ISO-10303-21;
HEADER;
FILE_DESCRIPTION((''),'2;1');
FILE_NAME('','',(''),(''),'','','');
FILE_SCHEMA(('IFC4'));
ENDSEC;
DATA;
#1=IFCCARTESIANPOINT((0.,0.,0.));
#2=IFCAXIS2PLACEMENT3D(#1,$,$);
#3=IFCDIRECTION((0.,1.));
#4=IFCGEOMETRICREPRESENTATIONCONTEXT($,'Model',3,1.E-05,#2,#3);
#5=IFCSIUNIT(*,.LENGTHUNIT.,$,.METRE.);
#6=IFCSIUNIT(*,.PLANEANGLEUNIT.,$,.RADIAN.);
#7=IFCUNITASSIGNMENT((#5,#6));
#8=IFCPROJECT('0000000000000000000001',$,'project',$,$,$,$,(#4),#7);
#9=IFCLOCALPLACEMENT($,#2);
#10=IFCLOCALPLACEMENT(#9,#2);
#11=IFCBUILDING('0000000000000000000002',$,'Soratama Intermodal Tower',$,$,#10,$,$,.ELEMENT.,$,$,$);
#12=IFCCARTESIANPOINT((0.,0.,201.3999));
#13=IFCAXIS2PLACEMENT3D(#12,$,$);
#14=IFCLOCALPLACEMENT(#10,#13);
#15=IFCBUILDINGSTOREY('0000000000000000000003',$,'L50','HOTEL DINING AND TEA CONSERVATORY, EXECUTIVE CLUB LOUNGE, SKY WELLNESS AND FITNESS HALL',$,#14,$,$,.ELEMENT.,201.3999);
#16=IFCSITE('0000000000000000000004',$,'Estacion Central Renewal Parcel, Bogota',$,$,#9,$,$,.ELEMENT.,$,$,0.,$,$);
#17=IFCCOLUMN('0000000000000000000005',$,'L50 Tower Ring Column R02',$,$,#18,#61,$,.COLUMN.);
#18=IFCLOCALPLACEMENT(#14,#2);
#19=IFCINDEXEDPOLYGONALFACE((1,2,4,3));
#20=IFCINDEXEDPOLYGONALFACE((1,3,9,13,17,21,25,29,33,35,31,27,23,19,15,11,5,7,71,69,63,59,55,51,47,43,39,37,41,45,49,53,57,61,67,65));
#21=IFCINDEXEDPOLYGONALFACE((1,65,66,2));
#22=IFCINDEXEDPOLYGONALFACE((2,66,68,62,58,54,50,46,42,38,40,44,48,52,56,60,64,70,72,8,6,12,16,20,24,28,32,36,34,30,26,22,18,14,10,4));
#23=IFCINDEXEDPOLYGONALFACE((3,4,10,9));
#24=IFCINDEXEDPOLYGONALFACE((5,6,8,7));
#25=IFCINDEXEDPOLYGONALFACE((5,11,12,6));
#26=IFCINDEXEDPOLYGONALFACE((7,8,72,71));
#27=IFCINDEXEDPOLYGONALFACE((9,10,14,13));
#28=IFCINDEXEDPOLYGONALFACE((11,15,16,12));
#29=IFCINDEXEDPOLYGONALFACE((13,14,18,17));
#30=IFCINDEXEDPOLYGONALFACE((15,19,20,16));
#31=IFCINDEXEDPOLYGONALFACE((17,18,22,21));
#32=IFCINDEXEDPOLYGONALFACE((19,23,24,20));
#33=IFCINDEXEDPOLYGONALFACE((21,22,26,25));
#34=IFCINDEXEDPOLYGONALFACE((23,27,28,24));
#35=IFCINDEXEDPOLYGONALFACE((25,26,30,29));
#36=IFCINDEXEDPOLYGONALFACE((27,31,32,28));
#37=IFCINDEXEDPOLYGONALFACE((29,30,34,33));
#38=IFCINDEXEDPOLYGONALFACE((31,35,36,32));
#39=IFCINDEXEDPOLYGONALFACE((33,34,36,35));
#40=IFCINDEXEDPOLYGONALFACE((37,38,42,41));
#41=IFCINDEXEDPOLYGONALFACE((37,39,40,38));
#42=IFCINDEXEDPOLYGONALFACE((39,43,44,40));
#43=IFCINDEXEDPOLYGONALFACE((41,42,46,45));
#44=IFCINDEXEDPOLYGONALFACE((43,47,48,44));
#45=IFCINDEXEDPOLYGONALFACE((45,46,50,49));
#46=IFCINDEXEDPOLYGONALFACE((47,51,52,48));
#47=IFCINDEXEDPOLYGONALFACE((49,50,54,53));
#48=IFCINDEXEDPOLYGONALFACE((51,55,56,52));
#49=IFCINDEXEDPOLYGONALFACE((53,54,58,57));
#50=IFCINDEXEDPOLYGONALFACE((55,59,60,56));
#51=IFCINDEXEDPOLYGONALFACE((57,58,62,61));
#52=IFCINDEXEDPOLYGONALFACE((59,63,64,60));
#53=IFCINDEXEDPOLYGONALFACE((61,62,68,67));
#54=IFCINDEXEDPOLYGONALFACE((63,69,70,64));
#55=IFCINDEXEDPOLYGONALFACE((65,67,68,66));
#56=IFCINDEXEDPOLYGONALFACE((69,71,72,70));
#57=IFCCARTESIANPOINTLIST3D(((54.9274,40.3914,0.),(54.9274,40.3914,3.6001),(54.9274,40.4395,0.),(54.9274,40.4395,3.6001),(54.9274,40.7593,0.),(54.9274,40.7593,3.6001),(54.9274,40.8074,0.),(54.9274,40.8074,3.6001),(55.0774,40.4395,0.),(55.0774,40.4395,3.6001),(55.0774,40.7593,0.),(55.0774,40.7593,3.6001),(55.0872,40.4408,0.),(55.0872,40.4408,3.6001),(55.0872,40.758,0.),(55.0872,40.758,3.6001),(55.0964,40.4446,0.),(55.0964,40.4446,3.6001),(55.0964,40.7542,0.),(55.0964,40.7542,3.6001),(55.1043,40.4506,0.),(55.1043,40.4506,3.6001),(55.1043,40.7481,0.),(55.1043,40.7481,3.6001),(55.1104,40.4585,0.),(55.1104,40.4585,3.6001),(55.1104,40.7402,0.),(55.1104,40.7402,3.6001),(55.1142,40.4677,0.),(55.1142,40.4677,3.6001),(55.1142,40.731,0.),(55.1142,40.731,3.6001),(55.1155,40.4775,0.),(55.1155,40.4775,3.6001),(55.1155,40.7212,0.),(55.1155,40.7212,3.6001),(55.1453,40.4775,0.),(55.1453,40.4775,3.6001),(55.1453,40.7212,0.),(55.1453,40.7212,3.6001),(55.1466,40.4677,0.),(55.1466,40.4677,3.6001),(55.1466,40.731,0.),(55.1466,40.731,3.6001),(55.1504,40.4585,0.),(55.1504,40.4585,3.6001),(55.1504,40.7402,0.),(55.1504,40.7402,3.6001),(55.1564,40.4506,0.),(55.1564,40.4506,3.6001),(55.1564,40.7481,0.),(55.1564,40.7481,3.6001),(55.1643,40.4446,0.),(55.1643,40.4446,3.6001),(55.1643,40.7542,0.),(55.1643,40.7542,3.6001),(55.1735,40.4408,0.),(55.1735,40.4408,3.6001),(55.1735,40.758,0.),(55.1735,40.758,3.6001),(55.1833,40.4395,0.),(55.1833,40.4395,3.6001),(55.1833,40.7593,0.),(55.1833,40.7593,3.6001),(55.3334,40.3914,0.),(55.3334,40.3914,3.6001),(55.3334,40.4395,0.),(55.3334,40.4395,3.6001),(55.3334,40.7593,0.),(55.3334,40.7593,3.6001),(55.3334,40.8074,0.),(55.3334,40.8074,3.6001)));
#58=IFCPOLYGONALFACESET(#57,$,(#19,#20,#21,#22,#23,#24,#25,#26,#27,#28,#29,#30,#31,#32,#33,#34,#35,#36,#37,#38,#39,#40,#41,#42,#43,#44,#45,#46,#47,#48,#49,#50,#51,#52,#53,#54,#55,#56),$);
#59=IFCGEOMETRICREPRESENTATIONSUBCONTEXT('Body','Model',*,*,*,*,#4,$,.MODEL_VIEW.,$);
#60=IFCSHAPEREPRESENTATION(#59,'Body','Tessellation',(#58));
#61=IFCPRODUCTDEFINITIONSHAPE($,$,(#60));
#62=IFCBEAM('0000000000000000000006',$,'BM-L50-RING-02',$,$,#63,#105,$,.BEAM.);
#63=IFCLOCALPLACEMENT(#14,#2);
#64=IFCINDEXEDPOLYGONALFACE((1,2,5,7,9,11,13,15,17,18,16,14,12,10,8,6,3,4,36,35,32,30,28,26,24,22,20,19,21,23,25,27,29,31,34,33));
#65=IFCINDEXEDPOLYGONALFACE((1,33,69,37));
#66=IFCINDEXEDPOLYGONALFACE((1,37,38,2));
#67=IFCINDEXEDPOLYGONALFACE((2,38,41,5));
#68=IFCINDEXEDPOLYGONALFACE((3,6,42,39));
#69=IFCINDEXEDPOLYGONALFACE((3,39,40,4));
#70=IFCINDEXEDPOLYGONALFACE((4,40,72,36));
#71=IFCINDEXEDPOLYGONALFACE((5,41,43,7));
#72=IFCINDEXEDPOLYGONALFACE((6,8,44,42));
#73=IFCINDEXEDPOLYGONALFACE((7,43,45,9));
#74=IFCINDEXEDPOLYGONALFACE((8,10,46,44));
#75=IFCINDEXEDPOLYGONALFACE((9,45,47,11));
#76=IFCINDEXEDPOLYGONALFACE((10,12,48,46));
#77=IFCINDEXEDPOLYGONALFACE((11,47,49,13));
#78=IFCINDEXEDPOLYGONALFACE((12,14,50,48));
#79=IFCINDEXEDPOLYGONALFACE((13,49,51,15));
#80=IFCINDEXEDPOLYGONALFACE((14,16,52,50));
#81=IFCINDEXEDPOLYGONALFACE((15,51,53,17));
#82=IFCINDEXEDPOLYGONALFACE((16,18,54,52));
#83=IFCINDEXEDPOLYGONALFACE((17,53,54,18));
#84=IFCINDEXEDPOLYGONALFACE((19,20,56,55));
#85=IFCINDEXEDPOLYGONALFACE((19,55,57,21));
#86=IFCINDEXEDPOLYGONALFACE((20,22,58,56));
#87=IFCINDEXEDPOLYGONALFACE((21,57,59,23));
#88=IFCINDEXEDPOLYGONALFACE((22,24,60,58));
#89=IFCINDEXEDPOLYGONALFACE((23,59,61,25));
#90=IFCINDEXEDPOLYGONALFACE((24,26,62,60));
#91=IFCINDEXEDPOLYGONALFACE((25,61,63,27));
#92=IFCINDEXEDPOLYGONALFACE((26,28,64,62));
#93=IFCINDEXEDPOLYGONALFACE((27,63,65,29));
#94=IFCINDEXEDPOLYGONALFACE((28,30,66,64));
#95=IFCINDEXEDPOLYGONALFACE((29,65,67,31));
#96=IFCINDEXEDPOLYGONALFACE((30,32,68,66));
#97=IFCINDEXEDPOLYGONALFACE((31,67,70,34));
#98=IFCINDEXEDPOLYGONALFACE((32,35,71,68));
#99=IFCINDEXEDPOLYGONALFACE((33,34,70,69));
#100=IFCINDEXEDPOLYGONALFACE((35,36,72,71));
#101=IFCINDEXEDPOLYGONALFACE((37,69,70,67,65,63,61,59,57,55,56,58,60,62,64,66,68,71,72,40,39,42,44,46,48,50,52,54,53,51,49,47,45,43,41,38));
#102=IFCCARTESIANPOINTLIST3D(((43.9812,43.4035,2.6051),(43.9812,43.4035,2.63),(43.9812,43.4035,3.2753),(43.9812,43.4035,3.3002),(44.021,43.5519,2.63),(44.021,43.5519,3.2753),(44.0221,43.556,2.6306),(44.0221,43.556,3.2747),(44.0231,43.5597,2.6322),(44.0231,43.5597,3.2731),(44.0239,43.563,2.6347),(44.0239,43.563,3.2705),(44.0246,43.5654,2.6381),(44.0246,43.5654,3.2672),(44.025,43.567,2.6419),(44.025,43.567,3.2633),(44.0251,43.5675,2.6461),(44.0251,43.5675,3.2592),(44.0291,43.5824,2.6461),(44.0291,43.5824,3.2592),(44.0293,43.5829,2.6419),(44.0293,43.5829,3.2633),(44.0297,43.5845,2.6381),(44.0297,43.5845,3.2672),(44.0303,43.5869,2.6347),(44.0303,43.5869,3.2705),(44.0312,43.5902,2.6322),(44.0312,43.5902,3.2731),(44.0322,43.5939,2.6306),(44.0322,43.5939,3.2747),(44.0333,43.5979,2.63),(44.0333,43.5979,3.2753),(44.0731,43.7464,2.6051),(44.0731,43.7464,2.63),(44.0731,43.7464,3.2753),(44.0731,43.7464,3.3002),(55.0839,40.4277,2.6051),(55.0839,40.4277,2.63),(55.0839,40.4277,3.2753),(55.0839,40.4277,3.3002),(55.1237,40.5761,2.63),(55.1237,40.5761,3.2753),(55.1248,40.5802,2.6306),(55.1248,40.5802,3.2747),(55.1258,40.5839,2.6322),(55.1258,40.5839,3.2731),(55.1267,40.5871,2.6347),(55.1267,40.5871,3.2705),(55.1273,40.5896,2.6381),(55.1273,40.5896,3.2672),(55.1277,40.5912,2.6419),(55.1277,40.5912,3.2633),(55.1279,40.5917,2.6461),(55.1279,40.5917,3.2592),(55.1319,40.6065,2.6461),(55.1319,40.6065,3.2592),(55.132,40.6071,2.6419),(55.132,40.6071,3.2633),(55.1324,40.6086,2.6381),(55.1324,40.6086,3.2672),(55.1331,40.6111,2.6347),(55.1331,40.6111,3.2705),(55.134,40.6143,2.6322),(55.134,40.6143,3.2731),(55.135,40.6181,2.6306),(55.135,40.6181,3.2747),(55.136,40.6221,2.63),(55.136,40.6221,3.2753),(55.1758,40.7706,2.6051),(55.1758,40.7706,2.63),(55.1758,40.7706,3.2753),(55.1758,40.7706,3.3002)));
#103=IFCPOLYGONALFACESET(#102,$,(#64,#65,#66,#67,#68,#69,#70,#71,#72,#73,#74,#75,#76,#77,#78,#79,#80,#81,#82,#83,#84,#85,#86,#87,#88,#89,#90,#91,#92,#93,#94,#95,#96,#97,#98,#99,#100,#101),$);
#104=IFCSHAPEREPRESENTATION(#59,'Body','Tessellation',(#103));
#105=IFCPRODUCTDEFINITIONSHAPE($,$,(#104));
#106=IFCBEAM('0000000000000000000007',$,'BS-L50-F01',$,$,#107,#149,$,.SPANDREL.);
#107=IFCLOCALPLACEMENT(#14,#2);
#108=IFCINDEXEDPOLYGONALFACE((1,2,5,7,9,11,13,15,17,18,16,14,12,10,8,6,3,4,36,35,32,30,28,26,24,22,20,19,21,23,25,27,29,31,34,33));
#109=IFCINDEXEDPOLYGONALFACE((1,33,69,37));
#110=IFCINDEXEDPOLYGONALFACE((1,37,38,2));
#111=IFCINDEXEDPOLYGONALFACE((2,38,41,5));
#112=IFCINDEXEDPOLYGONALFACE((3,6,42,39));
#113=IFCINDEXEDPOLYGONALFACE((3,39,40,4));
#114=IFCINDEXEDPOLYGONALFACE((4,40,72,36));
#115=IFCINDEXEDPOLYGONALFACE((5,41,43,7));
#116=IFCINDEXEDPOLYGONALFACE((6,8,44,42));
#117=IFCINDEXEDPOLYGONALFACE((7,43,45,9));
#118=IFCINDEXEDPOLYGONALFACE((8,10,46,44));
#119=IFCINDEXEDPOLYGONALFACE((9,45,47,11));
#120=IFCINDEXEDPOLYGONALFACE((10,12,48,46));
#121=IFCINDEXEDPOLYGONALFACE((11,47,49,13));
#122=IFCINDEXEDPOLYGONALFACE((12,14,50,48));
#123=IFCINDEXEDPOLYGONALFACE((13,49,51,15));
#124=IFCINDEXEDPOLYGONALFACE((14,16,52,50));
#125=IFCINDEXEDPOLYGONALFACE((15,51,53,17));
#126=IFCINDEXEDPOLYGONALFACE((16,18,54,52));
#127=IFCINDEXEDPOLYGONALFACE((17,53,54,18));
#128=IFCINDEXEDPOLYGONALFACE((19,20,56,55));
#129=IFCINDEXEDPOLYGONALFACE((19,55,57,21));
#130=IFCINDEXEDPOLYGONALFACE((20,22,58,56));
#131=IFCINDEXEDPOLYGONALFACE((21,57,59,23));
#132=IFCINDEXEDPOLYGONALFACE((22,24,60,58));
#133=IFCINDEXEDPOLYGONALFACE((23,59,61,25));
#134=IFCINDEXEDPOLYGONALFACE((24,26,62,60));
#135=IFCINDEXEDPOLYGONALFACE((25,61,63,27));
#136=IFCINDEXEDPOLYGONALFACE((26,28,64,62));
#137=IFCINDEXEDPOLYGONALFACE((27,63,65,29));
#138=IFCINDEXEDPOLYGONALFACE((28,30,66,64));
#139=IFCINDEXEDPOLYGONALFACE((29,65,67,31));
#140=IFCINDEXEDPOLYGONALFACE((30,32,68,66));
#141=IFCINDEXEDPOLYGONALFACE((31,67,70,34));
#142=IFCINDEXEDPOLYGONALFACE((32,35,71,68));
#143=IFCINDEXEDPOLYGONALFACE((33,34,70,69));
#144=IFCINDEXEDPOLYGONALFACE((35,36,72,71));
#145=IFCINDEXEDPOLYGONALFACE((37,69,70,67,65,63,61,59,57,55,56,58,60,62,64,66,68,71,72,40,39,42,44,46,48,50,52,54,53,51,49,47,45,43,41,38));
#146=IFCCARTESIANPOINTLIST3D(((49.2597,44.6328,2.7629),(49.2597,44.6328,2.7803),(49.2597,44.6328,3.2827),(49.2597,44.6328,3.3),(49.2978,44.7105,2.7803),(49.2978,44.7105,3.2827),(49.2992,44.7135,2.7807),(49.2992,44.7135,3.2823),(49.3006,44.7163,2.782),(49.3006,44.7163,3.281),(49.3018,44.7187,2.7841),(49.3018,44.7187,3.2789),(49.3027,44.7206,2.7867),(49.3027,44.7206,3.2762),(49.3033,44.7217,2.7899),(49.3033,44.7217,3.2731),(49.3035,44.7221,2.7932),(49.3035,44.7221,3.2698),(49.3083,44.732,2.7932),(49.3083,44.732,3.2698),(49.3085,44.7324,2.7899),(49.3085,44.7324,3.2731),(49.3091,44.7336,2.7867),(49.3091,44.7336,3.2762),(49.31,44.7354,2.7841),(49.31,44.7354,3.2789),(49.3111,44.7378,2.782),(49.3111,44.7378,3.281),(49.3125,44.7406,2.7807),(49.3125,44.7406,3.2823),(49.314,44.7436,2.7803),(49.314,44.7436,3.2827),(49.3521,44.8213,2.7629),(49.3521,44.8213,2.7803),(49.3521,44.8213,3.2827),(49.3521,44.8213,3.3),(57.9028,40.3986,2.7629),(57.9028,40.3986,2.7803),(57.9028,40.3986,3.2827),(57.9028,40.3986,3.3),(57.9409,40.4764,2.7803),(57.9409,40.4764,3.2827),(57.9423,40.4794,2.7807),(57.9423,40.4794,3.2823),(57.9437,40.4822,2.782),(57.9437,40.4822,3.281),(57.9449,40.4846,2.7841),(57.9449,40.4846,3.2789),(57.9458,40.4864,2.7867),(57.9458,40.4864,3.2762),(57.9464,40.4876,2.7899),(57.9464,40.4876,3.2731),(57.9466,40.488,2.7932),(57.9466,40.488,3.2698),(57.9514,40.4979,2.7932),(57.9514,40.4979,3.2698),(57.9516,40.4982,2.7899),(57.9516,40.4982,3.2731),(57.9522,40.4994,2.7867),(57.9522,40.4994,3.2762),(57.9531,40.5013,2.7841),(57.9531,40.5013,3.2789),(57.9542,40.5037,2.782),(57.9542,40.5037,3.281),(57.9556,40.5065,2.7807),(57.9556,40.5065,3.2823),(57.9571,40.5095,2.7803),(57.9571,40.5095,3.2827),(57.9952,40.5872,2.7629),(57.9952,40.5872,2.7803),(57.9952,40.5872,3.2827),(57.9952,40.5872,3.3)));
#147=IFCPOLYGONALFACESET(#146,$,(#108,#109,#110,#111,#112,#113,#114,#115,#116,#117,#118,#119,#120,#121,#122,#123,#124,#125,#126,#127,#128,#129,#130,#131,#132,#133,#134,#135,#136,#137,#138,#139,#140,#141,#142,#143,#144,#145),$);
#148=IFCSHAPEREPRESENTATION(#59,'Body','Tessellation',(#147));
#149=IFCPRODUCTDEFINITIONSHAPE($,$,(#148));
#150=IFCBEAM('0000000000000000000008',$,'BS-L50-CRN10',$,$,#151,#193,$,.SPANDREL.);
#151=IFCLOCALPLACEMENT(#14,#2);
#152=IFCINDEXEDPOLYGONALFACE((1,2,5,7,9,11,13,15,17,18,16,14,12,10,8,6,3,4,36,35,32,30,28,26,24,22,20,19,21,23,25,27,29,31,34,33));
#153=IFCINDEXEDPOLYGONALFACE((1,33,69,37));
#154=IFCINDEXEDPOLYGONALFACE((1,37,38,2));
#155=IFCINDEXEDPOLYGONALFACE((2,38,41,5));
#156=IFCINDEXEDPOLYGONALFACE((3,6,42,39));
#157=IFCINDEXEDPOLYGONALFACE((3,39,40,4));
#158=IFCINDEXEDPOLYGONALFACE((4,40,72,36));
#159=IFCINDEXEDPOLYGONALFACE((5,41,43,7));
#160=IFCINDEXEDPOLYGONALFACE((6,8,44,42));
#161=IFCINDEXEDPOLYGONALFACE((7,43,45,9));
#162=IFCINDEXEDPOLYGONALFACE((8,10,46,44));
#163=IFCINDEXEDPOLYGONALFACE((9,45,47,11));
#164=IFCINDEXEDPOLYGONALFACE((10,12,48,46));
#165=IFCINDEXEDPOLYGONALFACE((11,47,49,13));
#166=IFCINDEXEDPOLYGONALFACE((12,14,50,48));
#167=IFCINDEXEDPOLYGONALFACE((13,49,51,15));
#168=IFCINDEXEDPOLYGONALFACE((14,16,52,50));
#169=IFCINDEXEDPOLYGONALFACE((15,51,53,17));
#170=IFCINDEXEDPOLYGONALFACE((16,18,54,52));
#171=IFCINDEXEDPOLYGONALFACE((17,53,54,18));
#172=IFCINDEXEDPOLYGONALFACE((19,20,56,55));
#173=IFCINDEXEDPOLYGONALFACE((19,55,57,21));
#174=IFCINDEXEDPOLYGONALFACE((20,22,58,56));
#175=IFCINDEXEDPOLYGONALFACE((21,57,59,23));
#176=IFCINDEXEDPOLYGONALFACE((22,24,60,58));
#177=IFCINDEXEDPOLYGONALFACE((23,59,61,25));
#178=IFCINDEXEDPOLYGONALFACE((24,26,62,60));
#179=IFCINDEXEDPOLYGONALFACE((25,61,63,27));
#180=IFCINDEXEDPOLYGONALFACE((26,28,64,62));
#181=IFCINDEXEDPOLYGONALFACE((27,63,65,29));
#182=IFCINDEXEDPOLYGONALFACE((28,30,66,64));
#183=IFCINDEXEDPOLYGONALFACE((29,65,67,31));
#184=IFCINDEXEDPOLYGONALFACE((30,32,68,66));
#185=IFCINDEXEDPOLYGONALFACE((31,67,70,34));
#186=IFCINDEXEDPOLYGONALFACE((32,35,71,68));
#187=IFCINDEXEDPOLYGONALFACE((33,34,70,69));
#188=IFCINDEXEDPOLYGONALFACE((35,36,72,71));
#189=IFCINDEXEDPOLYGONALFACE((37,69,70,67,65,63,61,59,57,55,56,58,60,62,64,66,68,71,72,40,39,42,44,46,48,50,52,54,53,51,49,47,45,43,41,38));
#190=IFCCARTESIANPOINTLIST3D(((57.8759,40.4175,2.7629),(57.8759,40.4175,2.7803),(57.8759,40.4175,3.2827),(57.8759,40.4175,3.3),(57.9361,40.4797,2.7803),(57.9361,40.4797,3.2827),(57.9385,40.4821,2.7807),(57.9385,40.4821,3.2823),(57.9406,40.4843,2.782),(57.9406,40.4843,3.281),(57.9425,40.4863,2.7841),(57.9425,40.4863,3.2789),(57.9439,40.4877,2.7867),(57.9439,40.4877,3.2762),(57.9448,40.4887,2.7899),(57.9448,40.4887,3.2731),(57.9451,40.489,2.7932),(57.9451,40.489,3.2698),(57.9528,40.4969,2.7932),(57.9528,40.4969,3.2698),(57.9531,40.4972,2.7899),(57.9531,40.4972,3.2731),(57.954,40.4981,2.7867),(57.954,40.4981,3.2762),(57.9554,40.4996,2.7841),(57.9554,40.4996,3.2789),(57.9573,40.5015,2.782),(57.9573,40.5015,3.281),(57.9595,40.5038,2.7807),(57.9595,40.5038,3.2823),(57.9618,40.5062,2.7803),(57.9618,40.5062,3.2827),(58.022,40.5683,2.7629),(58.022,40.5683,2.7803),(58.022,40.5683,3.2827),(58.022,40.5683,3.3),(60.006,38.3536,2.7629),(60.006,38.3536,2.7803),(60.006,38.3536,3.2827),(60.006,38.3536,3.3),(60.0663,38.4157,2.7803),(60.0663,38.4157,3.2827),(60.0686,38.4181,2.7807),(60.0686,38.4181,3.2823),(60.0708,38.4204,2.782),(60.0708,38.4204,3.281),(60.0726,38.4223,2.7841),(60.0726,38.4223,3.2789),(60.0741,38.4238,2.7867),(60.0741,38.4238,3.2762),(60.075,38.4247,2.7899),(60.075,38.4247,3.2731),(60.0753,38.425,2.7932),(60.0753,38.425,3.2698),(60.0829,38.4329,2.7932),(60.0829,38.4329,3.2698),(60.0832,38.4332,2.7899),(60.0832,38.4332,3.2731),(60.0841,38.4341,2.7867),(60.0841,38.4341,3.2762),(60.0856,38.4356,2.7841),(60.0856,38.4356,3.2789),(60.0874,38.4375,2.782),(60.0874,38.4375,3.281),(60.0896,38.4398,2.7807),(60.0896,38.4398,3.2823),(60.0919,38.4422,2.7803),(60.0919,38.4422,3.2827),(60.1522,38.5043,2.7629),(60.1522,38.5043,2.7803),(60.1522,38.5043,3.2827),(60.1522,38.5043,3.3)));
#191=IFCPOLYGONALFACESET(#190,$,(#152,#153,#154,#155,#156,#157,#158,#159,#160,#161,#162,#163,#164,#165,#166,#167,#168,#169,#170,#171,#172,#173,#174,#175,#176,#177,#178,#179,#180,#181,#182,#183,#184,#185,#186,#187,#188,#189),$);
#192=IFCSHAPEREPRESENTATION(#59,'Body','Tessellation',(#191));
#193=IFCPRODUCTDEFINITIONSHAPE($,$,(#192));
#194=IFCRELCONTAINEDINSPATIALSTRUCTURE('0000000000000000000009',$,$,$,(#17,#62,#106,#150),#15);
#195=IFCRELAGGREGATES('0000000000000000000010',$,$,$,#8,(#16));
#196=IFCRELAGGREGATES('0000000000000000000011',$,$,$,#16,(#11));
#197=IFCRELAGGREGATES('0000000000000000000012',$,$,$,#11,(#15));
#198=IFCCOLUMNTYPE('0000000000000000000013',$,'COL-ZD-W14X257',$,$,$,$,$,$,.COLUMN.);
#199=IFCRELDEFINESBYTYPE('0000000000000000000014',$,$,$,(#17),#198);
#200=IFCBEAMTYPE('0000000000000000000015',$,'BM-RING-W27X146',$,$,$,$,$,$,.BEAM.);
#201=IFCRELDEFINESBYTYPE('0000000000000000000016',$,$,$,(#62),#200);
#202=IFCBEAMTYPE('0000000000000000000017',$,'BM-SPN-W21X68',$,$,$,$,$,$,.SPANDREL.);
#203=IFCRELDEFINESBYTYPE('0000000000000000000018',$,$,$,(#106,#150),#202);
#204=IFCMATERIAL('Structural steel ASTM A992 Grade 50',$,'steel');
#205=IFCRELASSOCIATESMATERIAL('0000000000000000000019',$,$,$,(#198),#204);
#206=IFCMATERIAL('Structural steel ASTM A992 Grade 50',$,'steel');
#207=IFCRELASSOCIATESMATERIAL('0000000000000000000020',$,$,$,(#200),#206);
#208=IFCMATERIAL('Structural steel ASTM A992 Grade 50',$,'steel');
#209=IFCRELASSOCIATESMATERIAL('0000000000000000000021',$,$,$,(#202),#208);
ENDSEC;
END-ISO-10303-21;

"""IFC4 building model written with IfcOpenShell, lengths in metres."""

from ifc_helpers import new_model, si_unit, direction, frame, origin, origin_2d, place, context, subcontext, project, spatial, i_section, extrude, material, material_profile, profile_set, type_object, element, save


model = new_model("IFC4")

# Units and contexts
model_context = context("Model", 3, precision=1e-05, world=origin(), true_north=direction((0.0, 1.0)))
body_context = subcontext(model_context, "Body", "Model", "MODEL_VIEW")
ifc_project = project(units=[si_unit("LENGTHUNIT", "METRE"), si_unit("PLANEANGLEUNIT", "RADIAN")], contexts=[model_context])

# Site, building, storey
site_placement = place(None, origin())
site = spatial("IfcSite", under=ifc_project, at=site_placement, Name="Estacion Central Renewal Parcel, Bogota", CompositionType="ELEMENT", RefElevation=0.0)
building_placement = place(site_placement, origin())
building = spatial("IfcBuilding", under=site, at=building_placement, Name="Soratama Intermodal Tower", CompositionType="ELEMENT")
storey_placement = place(building_placement, frame((0.0, 0.0, 201.3999)))
storey = spatial("IfcBuildingStorey", under=building, at=storey_placement, Name="L50", Description="HOTEL DINING AND TEA CONSERVATORY, EXECUTIVE CLUB LOUNGE, SKY WELLNESS AND FITNESS HALL", CompositionType="ELEMENT", Elevation=201.3999)

# Column
ifc_material_1 = material(Name="Structural steel ASTM A992 Grade 50", Category="steel")
ifc_material_profile_1 = material_profile(ifc_material_1, i_section(OverallWidth=0.406, OverallDepth=0.416, WebThickness=0.0298, FlangeThickness=0.0481, FilletRadius=0.0381, at=origin_2d()), Name="W14X257")
ifc_profile_set_1 = profile_set([ifc_material_profile_1], Name="Structural steel ASTM A992 Grade 50")
column_type = type_object("IfcColumnType", Name="COL-ZD-W14X257", PredefinedType="COLUMN", material=ifc_profile_set_1)
column_placement = place(storey_placement, frame((55.1304, 40.5994, 0.0), z_axis=(0.0, 0.0, 1.0), x_axis=(1.0, 0.0, 0.0)))
element("IfcColumn", 1, at=column_placement, inside=storey, type_object=column_type, Name="L50 Tower Ring Column R02", PredefinedType="COLUMN", context=body_context, shape_type="SweptSolid", body=[
    extrude(i_section(OverallWidth=0.406, OverallDepth=0.416, WebThickness=0.0298, FlangeThickness=0.0481, FilletRadius=0.0381, at=origin_2d()), origin(), (0.0, 0.0, 1.0), 3.6001),
])

# Beams
ifc_material_2 = material(Name="Structural steel ASTM A992 Grade 50", Category="steel")
ifc_material_profile_2 = material_profile(ifc_material_2, i_section(OverallWidth=0.355, OverallDepth=0.6951, WebThickness=0.0154, FlangeThickness=0.0249, FilletRadius=0.0161, at=origin_2d()), Name="W27X146")
ifc_profile_set_2 = profile_set([ifc_material_profile_2], Name="Structural steel ASTM A992 Grade 50")
beam_type_1 = type_object("IfcBeamType", Name="BM-RING-W27X146", PredefinedType="BEAM", material=ifc_profile_set_2)
beam_1_placement = place(storey_placement, frame((55.1299, 40.5991, 2.9526), z_axis=(-0.965907, 0.258888, 0.0), x_axis=(-0.258888, -0.965907, 0.0)))
element("IfcBeam", 2, at=beam_1_placement, inside=storey, type_object=beam_type_1, Name="BM-L50-RING-02", PredefinedType="BEAM", context=body_context, shape_type="SweptSolid", body=[
    extrude(i_section(OverallWidth=0.355, OverallDepth=0.6951, WebThickness=0.0154, FlangeThickness=0.0249, FilletRadius=0.0161, at=origin_2d()), origin(), (0.0, 0.0, 1.0), 11.4946),
])
ifc_material_3 = material(Name="Structural steel ASTM A992 Grade 50", Category="steel")
ifc_material_profile_3 = material_profile(ifc_material_3, i_section(OverallWidth=0.21, OverallDepth=0.5371, WebThickness=0.011, FlangeThickness=0.0173, FilletRadius=0.0129, at=origin_2d()), Name="W21X68")
ifc_profile_set_3 = profile_set([ifc_material_profile_3], Name="Structural steel ASTM A992 Grade 50")
beam_type_2 = type_object("IfcBeamType", Name="BM-SPN-W21X68", PredefinedType="SPANDREL", material=ifc_profile_set_3)
beam_2_placement = place(storey_placement, frame((57.949, 40.4929, 3.0315), z_axis=(-0.89803, 0.439934, 0.0), x_axis=(-0.439934, -0.89803, 0.0)))
element("IfcBeam", 3, at=beam_2_placement, inside=storey, type_object=beam_type_2, Name="BS-L50-F01", PredefinedType="SPANDREL", context=body_context, shape_type="SweptSolid", body=[
    extrude(i_section(OverallWidth=0.21, OverallDepth=0.5371, WebThickness=0.011, FlangeThickness=0.0173, FilletRadius=0.0129, at=origin_2d()), origin(), (0.0, 0.0, 1.0), 9.6245),
])
beam_3_placement = place(storey_placement, frame((60.0791, 38.429, 3.0315), z_axis=(-0.718172, 0.695866, 0.0), x_axis=(-0.695866, -0.718172, 0.0)))
element("IfcBeam", 4, at=beam_3_placement, inside=storey, type_object=beam_type_2, Name="BS-L50-CRN10", PredefinedType="SPANDREL", context=body_context, shape_type="SweptSolid", body=[
    extrude(i_section(OverallWidth=0.21, OverallDepth=0.5371, WebThickness=0.011, FlangeThickness=0.0173, FilletRadius=0.0129, at=origin_2d()), origin(), (0.0, 0.0, 1.0), 2.9661),
])

save(model, "model.ifc")
